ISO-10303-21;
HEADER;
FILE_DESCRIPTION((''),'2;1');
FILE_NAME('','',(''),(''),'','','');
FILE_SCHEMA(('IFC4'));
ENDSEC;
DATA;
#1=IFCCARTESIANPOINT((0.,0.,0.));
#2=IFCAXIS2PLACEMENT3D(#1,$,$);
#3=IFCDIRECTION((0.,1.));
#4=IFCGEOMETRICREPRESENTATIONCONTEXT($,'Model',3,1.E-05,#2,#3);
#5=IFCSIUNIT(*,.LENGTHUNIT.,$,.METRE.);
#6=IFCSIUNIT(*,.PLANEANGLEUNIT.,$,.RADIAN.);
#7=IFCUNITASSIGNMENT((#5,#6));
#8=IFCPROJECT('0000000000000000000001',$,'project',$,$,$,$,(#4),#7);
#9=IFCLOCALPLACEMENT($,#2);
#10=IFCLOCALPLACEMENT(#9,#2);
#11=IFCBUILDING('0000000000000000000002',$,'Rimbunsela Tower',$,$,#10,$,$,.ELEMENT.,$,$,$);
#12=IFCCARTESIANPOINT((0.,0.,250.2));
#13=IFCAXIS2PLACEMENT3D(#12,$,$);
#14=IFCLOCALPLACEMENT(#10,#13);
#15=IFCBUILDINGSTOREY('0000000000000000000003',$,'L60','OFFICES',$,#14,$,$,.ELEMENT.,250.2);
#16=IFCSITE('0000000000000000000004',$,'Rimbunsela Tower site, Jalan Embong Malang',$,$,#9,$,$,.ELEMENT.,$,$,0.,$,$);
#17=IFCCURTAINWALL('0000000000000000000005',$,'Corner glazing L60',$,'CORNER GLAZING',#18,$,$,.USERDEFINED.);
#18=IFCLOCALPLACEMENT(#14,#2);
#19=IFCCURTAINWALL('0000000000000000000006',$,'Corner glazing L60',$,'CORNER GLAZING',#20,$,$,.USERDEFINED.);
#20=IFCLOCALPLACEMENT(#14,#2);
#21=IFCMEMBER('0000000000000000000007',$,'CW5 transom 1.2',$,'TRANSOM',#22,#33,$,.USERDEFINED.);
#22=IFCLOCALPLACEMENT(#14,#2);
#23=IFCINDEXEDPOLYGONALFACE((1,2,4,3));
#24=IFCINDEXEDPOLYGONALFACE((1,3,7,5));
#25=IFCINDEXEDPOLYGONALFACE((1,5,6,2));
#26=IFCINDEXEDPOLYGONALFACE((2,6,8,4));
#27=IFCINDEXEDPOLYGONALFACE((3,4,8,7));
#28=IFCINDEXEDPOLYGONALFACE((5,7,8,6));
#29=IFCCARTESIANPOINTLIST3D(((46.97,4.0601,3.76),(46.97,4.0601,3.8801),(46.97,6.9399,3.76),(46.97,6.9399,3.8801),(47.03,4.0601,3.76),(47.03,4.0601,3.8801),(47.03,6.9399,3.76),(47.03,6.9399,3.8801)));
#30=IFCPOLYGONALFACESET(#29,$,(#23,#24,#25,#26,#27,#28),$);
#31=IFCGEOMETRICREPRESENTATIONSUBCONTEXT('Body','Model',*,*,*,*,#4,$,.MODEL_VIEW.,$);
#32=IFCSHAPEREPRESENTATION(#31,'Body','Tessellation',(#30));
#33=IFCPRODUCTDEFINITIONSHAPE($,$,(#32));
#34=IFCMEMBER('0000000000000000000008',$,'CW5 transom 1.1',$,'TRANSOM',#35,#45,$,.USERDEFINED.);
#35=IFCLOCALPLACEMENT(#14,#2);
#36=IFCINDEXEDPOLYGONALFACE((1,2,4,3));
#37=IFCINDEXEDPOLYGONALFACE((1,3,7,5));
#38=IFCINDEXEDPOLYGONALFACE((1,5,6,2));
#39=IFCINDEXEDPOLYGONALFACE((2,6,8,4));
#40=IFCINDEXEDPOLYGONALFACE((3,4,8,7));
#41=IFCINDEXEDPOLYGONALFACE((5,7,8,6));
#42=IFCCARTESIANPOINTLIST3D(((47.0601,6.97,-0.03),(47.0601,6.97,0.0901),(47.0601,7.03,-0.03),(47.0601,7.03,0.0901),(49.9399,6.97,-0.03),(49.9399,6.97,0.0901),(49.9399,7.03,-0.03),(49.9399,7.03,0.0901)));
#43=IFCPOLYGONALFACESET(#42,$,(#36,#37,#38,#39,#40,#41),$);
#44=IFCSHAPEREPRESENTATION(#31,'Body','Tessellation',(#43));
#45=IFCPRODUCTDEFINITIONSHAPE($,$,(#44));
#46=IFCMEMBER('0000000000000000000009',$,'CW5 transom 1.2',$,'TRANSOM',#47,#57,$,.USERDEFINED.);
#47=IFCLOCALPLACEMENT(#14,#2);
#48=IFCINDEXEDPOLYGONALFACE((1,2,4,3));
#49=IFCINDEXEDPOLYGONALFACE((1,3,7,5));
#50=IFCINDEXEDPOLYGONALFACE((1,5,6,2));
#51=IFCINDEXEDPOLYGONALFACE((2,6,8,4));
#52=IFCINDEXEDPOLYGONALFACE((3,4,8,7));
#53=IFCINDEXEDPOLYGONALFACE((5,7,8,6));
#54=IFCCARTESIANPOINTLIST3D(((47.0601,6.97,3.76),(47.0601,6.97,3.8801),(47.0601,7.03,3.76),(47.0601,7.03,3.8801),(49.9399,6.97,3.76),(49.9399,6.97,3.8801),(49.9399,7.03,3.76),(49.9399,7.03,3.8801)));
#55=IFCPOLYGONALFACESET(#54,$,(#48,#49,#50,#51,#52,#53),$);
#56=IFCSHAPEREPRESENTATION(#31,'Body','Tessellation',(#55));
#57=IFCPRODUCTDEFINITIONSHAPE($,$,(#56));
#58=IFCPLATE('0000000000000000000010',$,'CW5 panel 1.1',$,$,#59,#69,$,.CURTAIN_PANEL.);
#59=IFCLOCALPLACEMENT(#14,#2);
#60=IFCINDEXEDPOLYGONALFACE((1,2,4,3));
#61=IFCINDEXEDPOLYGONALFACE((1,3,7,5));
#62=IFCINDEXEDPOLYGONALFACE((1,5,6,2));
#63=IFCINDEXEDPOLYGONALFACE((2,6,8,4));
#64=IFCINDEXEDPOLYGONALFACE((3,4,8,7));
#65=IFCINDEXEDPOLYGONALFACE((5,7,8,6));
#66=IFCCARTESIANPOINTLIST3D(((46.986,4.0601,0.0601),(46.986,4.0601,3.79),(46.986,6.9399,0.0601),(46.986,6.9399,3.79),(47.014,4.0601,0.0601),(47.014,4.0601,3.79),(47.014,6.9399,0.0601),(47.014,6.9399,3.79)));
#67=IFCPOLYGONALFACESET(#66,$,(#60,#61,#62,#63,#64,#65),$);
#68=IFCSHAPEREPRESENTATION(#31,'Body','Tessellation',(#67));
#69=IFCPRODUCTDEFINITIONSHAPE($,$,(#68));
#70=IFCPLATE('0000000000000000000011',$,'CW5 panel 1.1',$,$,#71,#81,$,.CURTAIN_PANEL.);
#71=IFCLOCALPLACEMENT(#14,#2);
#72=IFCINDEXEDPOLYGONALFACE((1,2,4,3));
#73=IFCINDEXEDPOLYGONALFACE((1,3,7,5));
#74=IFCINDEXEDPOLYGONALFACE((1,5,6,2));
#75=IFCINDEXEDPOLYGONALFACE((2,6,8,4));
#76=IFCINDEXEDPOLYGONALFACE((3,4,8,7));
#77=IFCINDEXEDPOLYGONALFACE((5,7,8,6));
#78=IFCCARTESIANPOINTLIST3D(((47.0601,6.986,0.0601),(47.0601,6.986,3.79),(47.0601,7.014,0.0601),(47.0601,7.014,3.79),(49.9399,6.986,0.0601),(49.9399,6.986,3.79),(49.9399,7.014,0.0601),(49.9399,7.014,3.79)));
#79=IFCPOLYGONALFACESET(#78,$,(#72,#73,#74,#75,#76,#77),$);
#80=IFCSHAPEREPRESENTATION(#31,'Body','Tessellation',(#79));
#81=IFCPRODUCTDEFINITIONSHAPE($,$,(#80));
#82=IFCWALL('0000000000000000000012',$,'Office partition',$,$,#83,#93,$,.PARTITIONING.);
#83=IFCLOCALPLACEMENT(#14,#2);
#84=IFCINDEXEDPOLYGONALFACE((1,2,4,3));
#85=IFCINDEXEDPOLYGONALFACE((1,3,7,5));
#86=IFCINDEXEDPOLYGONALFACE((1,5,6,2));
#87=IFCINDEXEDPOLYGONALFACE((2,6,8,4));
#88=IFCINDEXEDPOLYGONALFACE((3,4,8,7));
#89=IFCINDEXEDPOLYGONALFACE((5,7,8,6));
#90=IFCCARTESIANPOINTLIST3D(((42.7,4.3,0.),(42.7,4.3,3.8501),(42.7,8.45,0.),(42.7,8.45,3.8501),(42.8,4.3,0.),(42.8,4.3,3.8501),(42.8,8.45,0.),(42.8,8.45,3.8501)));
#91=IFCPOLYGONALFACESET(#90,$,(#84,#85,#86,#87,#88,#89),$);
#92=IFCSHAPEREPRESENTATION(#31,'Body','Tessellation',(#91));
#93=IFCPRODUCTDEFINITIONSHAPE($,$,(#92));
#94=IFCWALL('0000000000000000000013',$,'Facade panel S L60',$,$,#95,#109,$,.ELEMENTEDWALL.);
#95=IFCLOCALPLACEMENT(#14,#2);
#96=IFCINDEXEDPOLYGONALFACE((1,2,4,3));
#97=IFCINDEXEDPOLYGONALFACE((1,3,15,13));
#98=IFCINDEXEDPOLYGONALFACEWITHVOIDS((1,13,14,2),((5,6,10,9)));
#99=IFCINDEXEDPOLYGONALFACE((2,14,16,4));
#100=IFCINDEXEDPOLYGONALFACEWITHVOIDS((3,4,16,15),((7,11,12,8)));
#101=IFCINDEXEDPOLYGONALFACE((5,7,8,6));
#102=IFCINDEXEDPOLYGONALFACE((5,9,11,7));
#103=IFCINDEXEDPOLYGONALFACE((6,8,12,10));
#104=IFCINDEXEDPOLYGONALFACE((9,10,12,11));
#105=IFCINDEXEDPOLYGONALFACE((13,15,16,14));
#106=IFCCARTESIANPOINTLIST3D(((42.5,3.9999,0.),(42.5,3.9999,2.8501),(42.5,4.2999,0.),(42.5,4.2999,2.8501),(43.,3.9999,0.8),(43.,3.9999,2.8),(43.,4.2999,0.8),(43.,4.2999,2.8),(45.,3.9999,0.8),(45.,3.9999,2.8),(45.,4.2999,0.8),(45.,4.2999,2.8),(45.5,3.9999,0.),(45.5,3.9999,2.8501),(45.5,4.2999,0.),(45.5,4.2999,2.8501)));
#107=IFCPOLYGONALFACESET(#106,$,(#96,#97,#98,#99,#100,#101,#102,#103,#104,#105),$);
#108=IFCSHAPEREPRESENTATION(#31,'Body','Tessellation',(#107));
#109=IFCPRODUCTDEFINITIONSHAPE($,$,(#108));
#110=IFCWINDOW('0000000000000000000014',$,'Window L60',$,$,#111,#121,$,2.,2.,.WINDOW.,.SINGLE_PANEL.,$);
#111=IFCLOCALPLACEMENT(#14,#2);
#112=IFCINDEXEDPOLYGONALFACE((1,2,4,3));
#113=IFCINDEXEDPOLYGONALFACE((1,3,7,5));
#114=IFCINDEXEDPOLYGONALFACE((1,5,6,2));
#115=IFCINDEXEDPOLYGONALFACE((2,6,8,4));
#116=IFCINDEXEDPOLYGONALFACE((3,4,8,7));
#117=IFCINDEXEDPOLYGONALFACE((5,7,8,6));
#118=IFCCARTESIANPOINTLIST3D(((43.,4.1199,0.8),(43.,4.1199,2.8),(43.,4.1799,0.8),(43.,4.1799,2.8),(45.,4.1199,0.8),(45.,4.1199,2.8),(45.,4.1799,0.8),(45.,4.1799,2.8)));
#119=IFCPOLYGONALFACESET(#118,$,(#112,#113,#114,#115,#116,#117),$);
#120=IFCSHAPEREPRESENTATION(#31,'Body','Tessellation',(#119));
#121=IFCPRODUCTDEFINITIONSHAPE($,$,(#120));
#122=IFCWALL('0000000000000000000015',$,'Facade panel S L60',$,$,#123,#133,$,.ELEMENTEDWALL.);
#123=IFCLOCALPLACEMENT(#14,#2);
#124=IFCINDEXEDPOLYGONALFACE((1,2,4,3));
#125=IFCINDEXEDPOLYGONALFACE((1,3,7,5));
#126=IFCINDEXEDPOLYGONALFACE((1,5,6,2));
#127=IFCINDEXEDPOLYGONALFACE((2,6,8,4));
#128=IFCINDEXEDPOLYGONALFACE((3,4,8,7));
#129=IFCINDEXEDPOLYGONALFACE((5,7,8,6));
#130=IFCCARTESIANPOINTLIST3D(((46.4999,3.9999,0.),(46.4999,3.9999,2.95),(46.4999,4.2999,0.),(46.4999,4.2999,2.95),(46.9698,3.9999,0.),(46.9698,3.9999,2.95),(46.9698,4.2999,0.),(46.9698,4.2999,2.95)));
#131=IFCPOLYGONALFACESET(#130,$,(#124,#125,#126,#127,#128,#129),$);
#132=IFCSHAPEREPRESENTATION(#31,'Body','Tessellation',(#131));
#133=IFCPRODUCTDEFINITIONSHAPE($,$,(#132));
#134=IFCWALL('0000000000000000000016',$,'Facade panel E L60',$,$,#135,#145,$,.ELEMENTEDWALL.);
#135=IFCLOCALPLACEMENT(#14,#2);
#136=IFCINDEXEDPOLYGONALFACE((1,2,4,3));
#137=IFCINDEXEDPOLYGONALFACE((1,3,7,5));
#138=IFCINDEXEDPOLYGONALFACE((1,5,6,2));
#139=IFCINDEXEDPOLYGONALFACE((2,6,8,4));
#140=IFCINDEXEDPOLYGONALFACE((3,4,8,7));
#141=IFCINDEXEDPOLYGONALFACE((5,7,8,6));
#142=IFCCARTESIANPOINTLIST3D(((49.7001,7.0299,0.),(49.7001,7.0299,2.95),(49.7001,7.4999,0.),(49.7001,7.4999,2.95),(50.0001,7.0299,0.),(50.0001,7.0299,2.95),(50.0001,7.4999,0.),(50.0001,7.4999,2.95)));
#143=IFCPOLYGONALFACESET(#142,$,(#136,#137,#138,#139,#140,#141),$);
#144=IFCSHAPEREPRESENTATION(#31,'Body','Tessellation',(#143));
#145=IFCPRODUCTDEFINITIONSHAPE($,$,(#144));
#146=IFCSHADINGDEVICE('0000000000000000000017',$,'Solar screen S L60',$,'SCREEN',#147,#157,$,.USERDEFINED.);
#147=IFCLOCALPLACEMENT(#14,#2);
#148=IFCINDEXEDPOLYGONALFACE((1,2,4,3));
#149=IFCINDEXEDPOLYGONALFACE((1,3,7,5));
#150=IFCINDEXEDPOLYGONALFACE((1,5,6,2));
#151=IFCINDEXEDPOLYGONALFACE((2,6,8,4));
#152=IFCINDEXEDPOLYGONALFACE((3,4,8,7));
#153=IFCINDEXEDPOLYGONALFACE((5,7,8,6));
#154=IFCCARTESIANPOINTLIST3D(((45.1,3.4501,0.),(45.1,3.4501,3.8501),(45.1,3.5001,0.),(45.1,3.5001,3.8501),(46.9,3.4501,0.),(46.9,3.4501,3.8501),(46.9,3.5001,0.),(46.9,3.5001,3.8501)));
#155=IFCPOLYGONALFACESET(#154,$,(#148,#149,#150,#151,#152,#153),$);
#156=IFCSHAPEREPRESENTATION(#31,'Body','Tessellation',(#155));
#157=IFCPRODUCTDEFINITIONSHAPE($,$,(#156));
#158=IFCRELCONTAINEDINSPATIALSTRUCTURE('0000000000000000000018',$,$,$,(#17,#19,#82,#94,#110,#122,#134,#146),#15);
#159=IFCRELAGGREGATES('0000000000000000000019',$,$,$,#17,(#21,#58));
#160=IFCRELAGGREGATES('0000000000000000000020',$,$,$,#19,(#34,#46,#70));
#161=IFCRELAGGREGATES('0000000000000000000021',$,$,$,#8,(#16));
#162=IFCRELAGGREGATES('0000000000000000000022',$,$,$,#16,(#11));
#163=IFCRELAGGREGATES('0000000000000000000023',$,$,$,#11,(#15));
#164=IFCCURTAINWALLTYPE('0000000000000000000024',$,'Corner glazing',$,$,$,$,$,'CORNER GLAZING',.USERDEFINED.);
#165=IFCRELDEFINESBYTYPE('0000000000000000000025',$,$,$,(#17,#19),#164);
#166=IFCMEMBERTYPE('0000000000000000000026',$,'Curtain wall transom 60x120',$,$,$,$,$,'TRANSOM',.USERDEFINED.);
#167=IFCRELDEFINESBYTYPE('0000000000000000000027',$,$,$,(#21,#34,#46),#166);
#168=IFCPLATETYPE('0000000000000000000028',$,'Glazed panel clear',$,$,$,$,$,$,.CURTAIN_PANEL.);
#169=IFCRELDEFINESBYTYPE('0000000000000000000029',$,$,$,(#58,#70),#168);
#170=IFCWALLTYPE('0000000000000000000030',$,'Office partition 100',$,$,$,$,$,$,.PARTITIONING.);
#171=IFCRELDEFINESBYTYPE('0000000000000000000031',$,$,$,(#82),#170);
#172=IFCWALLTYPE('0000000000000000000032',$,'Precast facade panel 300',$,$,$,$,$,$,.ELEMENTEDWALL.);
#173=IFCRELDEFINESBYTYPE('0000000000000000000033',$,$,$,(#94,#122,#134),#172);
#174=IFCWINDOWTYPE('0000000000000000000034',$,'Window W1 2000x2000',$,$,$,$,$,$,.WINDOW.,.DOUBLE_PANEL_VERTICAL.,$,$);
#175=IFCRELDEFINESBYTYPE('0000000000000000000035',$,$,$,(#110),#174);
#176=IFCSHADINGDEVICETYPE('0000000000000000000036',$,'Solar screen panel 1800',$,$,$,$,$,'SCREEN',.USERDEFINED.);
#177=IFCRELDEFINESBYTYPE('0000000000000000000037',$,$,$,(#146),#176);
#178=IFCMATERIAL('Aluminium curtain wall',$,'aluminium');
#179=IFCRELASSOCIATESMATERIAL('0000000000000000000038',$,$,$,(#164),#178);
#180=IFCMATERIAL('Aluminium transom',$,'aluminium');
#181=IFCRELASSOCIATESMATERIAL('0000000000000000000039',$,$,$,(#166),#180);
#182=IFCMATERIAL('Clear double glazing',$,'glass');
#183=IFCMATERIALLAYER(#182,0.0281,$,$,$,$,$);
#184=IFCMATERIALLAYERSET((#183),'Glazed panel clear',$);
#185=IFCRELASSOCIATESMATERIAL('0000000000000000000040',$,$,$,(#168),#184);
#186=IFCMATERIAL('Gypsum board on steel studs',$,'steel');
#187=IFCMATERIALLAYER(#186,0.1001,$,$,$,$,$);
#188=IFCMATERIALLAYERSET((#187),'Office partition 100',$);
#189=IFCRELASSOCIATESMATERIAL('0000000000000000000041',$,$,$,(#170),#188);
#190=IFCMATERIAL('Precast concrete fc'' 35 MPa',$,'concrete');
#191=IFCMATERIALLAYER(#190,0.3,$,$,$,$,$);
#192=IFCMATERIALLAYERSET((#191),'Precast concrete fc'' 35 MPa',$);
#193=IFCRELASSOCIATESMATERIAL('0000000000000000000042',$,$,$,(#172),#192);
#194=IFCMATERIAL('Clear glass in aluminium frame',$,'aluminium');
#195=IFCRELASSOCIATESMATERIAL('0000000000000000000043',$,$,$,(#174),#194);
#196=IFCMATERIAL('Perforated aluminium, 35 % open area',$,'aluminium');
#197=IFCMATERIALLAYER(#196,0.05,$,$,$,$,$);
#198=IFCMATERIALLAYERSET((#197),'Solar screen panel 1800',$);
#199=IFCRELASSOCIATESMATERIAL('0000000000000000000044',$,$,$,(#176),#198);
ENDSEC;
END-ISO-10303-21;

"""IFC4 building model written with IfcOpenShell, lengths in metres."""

from ifc_helpers import new_model, si_unit, direction, frame, frame_2d, origin, origin_2d, place, context, subcontext, project, spatial, rectangle, extrude, material, layer, layer_set, material_profile, profile_set, type_object, element, fill, aggregate, save


model = new_model("IFC4")

# Units and contexts
model_context = context("Model", 3, precision=1e-05, world=origin(), true_north=direction((0.0, 1.0)))
body_context = subcontext(model_context, "Body", "Model", "MODEL_VIEW")
ifc_project = project(units=[si_unit("LENGTHUNIT", "METRE"), si_unit("PLANEANGLEUNIT", "RADIAN")], contexts=[model_context])

# Site, building, storey
site_placement = place(None, origin())
site = spatial("IfcSite", under=ifc_project, at=site_placement, Name="Rimbunsela Tower site, Jalan Embong Malang", CompositionType="ELEMENT", RefElevation=0.0)
building_placement = place(site_placement, origin())
building = spatial("IfcBuilding", under=site, at=building_placement, Name="Rimbunsela Tower", CompositionType="ELEMENT")
storey_placement = place(building_placement, frame((0.0, 0.0, 250.2)))
storey = spatial("IfcBuildingStorey", under=building, at=storey_placement, Name="L60", Description="OFFICES", CompositionType="ELEMENT", Elevation=250.2)

# Curtain walls
ifc_material_1 = material(Name="Aluminium curtain wall", Category="aluminium")
curtain_wall_type = type_object("IfcCurtainWallType", Name="Corner glazing", ElementType="CORNER GLAZING", PredefinedType="USERDEFINED", material=ifc_material_1)
curtain_wall_1_placement = place(storey_placement, origin())
curtain_wall_1 = element("IfcCurtainWall", 1, at=curtain_wall_1_placement, inside=storey, type_object=curtain_wall_type, Name="Corner glazing L60", ObjectType="CORNER GLAZING", PredefinedType="USERDEFINED")
curtain_wall_2_placement = place(storey_placement, origin())
curtain_wall_2 = element("IfcCurtainWall", 2, at=curtain_wall_2_placement, inside=storey, type_object=curtain_wall_type, Name="Corner glazing L60", ObjectType="CORNER GLAZING", PredefinedType="USERDEFINED")

# Members
ifc_material_2 = material(Name="Aluminium transom", Category="aluminium")
ifc_material_profile_1 = material_profile(ifc_material_2, rectangle(XDim=0.0601, YDim=0.1201, at=origin_2d()), Name="Transom 60x120")
ifc_profile_set_1 = profile_set([ifc_material_profile_1], Name="Aluminium transom")
member_type_1 = type_object("IfcMemberType", Name="Curtain wall transom 60x120", ElementType="TRANSOM", PredefinedType="USERDEFINED", material=ifc_profile_set_1)
member_1_placement = place(storey_placement, frame((47.0, 4.0601, 3.8201), z_axis=(0.0, 1.0, 0.0), x_axis=(-1.0, 0.0, 0.0)))
member_1 = element("IfcMember", 3, at=member_1_placement, type_object=member_type_1, Name="CW5 transom 1.2", ObjectType="TRANSOM", PredefinedType="USERDEFINED", context=body_context, shape_type="SweptSolid", body=[
    extrude(rectangle(XDim=0.0601, YDim=0.1201, at=origin_2d()), origin(), (0.0, 0.0, 1.0), 2.8799),
])
member_2_placement = place(storey_placement, frame((47.0601, 7.0, 0.03), z_axis=(1.0, 0.0, 0.0), x_axis=(0.0, 1.0, 0.0)))
member_2 = element("IfcMember", 4, at=member_2_placement, type_object=member_type_1, Name="CW5 transom 1.1", ObjectType="TRANSOM", PredefinedType="USERDEFINED", context=body_context, shape_type="SweptSolid", body=[
    extrude(rectangle(XDim=0.0601, YDim=0.1201, at=origin_2d()), origin(), (0.0, 0.0, 1.0), 2.8799),
])
member_3_placement = place(storey_placement, frame((47.0601, 7.0, 3.8201), z_axis=(1.0, 0.0, 0.0), x_axis=(0.0, 1.0, 0.0)))
member_3 = element("IfcMember", 5, at=member_3_placement, type_object=member_type_1, Name="CW5 transom 1.2", ObjectType="TRANSOM", PredefinedType="USERDEFINED", context=body_context, shape_type="SweptSolid", body=[
    extrude(rectangle(XDim=0.0601, YDim=0.1201, at=origin_2d()), origin(), (0.0, 0.0, 1.0), 2.8799),
])

# Plates
ifc_material_3 = material(Name="Clear double glazing", Category="glass")
ifc_layer_1 = layer(ifc_material_3, 0.0281)
ifc_layer_set_1 = layer_set([ifc_layer_1], Name="Glazed panel clear")
plate_type = type_object("IfcPlateType", Name="Glazed panel clear", PredefinedType="CURTAIN_PANEL", material=ifc_layer_set_1)
plate_1_placement = place(storey_placement, frame((47.0, 5.5, 0.0601), z_axis=(0.0, 0.0, 1.0), x_axis=(0.0, 1.0, 0.0)))
plate_1 = element("IfcPlate", 6, at=plate_1_placement, type_object=plate_type, Name="CW5 panel 1.1", PredefinedType="CURTAIN_PANEL", context=body_context, shape_type="SweptSolid", body=[
    extrude(rectangle(XDim=2.8799, YDim=0.0281, at=origin_2d()), origin(), (0.0, 0.0, 1.0), 3.73),
])
aggregate(curtain_wall_1, [member_1, plate_1])
plate_2_placement = place(storey_placement, frame((48.5, 7.0, 0.0601), z_axis=(0.0, 0.0, 1.0), x_axis=(1.0, 0.0, 0.0)))
plate_2 = element("IfcPlate", 7, at=plate_2_placement, type_object=plate_type, Name="CW5 panel 1.1", PredefinedType="CURTAIN_PANEL", context=body_context, shape_type="SweptSolid", body=[
    extrude(rectangle(XDim=2.8799, YDim=0.0281, at=origin_2d()), origin(), (0.0, 0.0, 1.0), 3.73),
])
aggregate(curtain_wall_2, [member_2, member_3, plate_2])

# Wall
ifc_material_4 = material(Name="Gypsum board on steel studs", Category="steel")
ifc_layer_2 = layer(ifc_material_4, 0.1001)
ifc_layer_set_2 = layer_set([ifc_layer_2], Name="Office partition 100")
wall_type_1 = type_object("IfcWallType", Name="Office partition 100", PredefinedType="PARTITIONING", material=ifc_layer_set_2)
wall_1_placement = place(storey_placement, frame((42.75, 4.3, 0.0), z_axis=(0.0, 0.0, 1.0), x_axis=(0.0, 1.0, 0.0)))
element("IfcWall", 8, at=wall_1_placement, inside=storey, type_object=wall_type_1, Name="Office partition", PredefinedType="PARTITIONING", context=body_context, shape_type="SweptSolid", body=[
    extrude(rectangle(XDim=4.1499, YDim=0.1001, at=frame_2d((2.075, 0.0))), origin(), (0.0, 0.0, 1.0), 3.8501),
])

# Wall, opening, window
ifc_material_5 = material(Name="Precast concrete fc' 35 MPa", Category="concrete")
ifc_layer_3 = layer(ifc_material_5, 0.3)
ifc_layer_set_3 = layer_set([ifc_layer_3], Name="Precast concrete fc' 35 MPa")
wall_type_2 = type_object("IfcWallType", Name="Precast facade panel 300", PredefinedType="ELEMENTEDWALL", material=ifc_layer_set_3)
wall_2_placement = place(storey_placement, frame((42.5, 4.1499, 0.0), z_axis=(0.0, 0.0, 1.0), x_axis=(1.0, 0.0, 0.0)))
wall_2 = element("IfcWall", 9, at=wall_2_placement, inside=storey, type_object=wall_type_2, Name="Facade panel S L60", PredefinedType="ELEMENTEDWALL", context=body_context, shape_type="SweptSolid", body=[
    extrude(rectangle(XDim=3.0, YDim=0.3, at=frame_2d((1.5, 0.0))), origin(), (0.0, 0.0, 1.0), 2.8501),
])
opening_placement = place(wall_2_placement, frame((0.5, 0.0, 0.8)))
opening = element("IfcOpeningElement", 10, at=opening_placement, cuts=wall_2, PredefinedType="OPENING", context=body_context, shape_type="SweptSolid", body=[
    extrude(rectangle(XDim=2.0, YDim=2.0, at=frame_2d((1.0, 1.0))), frame((0.0, 0.1599, 0.0), z_axis=(0.0, -1.0, 0.0), x_axis=(1.0, 0.0, 0.0)), (0.0, 0.0, 1.0), 0.3201),
])
ifc_material_6 = material(Name="Clear glass in aluminium frame", Category="aluminium")
window_type = type_object("IfcWindowType", Name="Window W1 2000x2000", PartitioningType="DOUBLE_PANEL_VERTICAL", PredefinedType="WINDOW", material=ifc_material_6)
window_placement = place(opening_placement, origin())
window = element("IfcWindow", 11, at=window_placement, inside=storey, type_object=window_type, Name="Window L60", OverallHeight=2.0, OverallWidth=2.0, PartitioningType="SINGLE_PANEL", PredefinedType="WINDOW", context=body_context, shape_type="SweptSolid", body=[
    extrude(rectangle(XDim=2.0, YDim=2.0, at=frame_2d((1.0, 1.0))), frame((0.0, 0.03, 0.0), z_axis=(0.0, -1.0, 0.0), x_axis=(1.0, 0.0, 0.0)), (0.0, 0.0, 1.0), 0.0601),
])
fill(opening, window)

# Walls
for number, where, z_axis, x_axis, name in (
    (12, (46.5, 4.1499, 0.0), (0.0, 0.0, 1.0), (1.0, 0.0, 0.0), "Facade panel S L60"),
    (13, (49.8501, 7.03, 0.0), (0.0, 0.0, 1.0), (0.0, 1.0, 0.0), "Facade panel E L60"),
):
    element("IfcWall", number, at=place(storey_placement, frame(where, z_axis=z_axis, x_axis=x_axis)), inside=storey, type_object=wall_type_2, Name=name, PredefinedType="ELEMENTEDWALL", context=body_context, shape_type="SweptSolid", body=[
        extrude(rectangle(XDim=0.47, YDim=0.3, at=frame_2d((0.2349, 0.0))), origin(), (0.0, 0.0, 1.0), 2.95),
    ])

# Shading device
ifc_material_7 = material(Name="Perforated aluminium, 35 % open area", Category="aluminium")
ifc_layer_4 = layer(ifc_material_7, 0.05)
ifc_layer_set_4 = layer_set([ifc_layer_4], Name="Solar screen panel 1800")
shading_device_type = type_object("IfcShadingDeviceType", Name="Solar screen panel 1800", ElementType="SCREEN", PredefinedType="USERDEFINED", material=ifc_layer_set_4)
shading_device_placement = place(storey_placement, frame((46.0, 3.4751, 0.0), z_axis=(0.0, 0.0, 1.0), x_axis=(1.0, 0.0, 0.0)))
element("IfcShadingDevice", 14, at=shading_device_placement, inside=storey, type_object=shading_device_type, Name="Solar screen S L60", ObjectType="SCREEN", PredefinedType="USERDEFINED", context=body_context, shape_type="SweptSolid", body=[
    extrude(rectangle(XDim=1.8, YDim=0.05, at=origin_2d()), origin(), (0.0, 0.0, 1.0), 3.8501),
])

save(model, "model.ifc")
